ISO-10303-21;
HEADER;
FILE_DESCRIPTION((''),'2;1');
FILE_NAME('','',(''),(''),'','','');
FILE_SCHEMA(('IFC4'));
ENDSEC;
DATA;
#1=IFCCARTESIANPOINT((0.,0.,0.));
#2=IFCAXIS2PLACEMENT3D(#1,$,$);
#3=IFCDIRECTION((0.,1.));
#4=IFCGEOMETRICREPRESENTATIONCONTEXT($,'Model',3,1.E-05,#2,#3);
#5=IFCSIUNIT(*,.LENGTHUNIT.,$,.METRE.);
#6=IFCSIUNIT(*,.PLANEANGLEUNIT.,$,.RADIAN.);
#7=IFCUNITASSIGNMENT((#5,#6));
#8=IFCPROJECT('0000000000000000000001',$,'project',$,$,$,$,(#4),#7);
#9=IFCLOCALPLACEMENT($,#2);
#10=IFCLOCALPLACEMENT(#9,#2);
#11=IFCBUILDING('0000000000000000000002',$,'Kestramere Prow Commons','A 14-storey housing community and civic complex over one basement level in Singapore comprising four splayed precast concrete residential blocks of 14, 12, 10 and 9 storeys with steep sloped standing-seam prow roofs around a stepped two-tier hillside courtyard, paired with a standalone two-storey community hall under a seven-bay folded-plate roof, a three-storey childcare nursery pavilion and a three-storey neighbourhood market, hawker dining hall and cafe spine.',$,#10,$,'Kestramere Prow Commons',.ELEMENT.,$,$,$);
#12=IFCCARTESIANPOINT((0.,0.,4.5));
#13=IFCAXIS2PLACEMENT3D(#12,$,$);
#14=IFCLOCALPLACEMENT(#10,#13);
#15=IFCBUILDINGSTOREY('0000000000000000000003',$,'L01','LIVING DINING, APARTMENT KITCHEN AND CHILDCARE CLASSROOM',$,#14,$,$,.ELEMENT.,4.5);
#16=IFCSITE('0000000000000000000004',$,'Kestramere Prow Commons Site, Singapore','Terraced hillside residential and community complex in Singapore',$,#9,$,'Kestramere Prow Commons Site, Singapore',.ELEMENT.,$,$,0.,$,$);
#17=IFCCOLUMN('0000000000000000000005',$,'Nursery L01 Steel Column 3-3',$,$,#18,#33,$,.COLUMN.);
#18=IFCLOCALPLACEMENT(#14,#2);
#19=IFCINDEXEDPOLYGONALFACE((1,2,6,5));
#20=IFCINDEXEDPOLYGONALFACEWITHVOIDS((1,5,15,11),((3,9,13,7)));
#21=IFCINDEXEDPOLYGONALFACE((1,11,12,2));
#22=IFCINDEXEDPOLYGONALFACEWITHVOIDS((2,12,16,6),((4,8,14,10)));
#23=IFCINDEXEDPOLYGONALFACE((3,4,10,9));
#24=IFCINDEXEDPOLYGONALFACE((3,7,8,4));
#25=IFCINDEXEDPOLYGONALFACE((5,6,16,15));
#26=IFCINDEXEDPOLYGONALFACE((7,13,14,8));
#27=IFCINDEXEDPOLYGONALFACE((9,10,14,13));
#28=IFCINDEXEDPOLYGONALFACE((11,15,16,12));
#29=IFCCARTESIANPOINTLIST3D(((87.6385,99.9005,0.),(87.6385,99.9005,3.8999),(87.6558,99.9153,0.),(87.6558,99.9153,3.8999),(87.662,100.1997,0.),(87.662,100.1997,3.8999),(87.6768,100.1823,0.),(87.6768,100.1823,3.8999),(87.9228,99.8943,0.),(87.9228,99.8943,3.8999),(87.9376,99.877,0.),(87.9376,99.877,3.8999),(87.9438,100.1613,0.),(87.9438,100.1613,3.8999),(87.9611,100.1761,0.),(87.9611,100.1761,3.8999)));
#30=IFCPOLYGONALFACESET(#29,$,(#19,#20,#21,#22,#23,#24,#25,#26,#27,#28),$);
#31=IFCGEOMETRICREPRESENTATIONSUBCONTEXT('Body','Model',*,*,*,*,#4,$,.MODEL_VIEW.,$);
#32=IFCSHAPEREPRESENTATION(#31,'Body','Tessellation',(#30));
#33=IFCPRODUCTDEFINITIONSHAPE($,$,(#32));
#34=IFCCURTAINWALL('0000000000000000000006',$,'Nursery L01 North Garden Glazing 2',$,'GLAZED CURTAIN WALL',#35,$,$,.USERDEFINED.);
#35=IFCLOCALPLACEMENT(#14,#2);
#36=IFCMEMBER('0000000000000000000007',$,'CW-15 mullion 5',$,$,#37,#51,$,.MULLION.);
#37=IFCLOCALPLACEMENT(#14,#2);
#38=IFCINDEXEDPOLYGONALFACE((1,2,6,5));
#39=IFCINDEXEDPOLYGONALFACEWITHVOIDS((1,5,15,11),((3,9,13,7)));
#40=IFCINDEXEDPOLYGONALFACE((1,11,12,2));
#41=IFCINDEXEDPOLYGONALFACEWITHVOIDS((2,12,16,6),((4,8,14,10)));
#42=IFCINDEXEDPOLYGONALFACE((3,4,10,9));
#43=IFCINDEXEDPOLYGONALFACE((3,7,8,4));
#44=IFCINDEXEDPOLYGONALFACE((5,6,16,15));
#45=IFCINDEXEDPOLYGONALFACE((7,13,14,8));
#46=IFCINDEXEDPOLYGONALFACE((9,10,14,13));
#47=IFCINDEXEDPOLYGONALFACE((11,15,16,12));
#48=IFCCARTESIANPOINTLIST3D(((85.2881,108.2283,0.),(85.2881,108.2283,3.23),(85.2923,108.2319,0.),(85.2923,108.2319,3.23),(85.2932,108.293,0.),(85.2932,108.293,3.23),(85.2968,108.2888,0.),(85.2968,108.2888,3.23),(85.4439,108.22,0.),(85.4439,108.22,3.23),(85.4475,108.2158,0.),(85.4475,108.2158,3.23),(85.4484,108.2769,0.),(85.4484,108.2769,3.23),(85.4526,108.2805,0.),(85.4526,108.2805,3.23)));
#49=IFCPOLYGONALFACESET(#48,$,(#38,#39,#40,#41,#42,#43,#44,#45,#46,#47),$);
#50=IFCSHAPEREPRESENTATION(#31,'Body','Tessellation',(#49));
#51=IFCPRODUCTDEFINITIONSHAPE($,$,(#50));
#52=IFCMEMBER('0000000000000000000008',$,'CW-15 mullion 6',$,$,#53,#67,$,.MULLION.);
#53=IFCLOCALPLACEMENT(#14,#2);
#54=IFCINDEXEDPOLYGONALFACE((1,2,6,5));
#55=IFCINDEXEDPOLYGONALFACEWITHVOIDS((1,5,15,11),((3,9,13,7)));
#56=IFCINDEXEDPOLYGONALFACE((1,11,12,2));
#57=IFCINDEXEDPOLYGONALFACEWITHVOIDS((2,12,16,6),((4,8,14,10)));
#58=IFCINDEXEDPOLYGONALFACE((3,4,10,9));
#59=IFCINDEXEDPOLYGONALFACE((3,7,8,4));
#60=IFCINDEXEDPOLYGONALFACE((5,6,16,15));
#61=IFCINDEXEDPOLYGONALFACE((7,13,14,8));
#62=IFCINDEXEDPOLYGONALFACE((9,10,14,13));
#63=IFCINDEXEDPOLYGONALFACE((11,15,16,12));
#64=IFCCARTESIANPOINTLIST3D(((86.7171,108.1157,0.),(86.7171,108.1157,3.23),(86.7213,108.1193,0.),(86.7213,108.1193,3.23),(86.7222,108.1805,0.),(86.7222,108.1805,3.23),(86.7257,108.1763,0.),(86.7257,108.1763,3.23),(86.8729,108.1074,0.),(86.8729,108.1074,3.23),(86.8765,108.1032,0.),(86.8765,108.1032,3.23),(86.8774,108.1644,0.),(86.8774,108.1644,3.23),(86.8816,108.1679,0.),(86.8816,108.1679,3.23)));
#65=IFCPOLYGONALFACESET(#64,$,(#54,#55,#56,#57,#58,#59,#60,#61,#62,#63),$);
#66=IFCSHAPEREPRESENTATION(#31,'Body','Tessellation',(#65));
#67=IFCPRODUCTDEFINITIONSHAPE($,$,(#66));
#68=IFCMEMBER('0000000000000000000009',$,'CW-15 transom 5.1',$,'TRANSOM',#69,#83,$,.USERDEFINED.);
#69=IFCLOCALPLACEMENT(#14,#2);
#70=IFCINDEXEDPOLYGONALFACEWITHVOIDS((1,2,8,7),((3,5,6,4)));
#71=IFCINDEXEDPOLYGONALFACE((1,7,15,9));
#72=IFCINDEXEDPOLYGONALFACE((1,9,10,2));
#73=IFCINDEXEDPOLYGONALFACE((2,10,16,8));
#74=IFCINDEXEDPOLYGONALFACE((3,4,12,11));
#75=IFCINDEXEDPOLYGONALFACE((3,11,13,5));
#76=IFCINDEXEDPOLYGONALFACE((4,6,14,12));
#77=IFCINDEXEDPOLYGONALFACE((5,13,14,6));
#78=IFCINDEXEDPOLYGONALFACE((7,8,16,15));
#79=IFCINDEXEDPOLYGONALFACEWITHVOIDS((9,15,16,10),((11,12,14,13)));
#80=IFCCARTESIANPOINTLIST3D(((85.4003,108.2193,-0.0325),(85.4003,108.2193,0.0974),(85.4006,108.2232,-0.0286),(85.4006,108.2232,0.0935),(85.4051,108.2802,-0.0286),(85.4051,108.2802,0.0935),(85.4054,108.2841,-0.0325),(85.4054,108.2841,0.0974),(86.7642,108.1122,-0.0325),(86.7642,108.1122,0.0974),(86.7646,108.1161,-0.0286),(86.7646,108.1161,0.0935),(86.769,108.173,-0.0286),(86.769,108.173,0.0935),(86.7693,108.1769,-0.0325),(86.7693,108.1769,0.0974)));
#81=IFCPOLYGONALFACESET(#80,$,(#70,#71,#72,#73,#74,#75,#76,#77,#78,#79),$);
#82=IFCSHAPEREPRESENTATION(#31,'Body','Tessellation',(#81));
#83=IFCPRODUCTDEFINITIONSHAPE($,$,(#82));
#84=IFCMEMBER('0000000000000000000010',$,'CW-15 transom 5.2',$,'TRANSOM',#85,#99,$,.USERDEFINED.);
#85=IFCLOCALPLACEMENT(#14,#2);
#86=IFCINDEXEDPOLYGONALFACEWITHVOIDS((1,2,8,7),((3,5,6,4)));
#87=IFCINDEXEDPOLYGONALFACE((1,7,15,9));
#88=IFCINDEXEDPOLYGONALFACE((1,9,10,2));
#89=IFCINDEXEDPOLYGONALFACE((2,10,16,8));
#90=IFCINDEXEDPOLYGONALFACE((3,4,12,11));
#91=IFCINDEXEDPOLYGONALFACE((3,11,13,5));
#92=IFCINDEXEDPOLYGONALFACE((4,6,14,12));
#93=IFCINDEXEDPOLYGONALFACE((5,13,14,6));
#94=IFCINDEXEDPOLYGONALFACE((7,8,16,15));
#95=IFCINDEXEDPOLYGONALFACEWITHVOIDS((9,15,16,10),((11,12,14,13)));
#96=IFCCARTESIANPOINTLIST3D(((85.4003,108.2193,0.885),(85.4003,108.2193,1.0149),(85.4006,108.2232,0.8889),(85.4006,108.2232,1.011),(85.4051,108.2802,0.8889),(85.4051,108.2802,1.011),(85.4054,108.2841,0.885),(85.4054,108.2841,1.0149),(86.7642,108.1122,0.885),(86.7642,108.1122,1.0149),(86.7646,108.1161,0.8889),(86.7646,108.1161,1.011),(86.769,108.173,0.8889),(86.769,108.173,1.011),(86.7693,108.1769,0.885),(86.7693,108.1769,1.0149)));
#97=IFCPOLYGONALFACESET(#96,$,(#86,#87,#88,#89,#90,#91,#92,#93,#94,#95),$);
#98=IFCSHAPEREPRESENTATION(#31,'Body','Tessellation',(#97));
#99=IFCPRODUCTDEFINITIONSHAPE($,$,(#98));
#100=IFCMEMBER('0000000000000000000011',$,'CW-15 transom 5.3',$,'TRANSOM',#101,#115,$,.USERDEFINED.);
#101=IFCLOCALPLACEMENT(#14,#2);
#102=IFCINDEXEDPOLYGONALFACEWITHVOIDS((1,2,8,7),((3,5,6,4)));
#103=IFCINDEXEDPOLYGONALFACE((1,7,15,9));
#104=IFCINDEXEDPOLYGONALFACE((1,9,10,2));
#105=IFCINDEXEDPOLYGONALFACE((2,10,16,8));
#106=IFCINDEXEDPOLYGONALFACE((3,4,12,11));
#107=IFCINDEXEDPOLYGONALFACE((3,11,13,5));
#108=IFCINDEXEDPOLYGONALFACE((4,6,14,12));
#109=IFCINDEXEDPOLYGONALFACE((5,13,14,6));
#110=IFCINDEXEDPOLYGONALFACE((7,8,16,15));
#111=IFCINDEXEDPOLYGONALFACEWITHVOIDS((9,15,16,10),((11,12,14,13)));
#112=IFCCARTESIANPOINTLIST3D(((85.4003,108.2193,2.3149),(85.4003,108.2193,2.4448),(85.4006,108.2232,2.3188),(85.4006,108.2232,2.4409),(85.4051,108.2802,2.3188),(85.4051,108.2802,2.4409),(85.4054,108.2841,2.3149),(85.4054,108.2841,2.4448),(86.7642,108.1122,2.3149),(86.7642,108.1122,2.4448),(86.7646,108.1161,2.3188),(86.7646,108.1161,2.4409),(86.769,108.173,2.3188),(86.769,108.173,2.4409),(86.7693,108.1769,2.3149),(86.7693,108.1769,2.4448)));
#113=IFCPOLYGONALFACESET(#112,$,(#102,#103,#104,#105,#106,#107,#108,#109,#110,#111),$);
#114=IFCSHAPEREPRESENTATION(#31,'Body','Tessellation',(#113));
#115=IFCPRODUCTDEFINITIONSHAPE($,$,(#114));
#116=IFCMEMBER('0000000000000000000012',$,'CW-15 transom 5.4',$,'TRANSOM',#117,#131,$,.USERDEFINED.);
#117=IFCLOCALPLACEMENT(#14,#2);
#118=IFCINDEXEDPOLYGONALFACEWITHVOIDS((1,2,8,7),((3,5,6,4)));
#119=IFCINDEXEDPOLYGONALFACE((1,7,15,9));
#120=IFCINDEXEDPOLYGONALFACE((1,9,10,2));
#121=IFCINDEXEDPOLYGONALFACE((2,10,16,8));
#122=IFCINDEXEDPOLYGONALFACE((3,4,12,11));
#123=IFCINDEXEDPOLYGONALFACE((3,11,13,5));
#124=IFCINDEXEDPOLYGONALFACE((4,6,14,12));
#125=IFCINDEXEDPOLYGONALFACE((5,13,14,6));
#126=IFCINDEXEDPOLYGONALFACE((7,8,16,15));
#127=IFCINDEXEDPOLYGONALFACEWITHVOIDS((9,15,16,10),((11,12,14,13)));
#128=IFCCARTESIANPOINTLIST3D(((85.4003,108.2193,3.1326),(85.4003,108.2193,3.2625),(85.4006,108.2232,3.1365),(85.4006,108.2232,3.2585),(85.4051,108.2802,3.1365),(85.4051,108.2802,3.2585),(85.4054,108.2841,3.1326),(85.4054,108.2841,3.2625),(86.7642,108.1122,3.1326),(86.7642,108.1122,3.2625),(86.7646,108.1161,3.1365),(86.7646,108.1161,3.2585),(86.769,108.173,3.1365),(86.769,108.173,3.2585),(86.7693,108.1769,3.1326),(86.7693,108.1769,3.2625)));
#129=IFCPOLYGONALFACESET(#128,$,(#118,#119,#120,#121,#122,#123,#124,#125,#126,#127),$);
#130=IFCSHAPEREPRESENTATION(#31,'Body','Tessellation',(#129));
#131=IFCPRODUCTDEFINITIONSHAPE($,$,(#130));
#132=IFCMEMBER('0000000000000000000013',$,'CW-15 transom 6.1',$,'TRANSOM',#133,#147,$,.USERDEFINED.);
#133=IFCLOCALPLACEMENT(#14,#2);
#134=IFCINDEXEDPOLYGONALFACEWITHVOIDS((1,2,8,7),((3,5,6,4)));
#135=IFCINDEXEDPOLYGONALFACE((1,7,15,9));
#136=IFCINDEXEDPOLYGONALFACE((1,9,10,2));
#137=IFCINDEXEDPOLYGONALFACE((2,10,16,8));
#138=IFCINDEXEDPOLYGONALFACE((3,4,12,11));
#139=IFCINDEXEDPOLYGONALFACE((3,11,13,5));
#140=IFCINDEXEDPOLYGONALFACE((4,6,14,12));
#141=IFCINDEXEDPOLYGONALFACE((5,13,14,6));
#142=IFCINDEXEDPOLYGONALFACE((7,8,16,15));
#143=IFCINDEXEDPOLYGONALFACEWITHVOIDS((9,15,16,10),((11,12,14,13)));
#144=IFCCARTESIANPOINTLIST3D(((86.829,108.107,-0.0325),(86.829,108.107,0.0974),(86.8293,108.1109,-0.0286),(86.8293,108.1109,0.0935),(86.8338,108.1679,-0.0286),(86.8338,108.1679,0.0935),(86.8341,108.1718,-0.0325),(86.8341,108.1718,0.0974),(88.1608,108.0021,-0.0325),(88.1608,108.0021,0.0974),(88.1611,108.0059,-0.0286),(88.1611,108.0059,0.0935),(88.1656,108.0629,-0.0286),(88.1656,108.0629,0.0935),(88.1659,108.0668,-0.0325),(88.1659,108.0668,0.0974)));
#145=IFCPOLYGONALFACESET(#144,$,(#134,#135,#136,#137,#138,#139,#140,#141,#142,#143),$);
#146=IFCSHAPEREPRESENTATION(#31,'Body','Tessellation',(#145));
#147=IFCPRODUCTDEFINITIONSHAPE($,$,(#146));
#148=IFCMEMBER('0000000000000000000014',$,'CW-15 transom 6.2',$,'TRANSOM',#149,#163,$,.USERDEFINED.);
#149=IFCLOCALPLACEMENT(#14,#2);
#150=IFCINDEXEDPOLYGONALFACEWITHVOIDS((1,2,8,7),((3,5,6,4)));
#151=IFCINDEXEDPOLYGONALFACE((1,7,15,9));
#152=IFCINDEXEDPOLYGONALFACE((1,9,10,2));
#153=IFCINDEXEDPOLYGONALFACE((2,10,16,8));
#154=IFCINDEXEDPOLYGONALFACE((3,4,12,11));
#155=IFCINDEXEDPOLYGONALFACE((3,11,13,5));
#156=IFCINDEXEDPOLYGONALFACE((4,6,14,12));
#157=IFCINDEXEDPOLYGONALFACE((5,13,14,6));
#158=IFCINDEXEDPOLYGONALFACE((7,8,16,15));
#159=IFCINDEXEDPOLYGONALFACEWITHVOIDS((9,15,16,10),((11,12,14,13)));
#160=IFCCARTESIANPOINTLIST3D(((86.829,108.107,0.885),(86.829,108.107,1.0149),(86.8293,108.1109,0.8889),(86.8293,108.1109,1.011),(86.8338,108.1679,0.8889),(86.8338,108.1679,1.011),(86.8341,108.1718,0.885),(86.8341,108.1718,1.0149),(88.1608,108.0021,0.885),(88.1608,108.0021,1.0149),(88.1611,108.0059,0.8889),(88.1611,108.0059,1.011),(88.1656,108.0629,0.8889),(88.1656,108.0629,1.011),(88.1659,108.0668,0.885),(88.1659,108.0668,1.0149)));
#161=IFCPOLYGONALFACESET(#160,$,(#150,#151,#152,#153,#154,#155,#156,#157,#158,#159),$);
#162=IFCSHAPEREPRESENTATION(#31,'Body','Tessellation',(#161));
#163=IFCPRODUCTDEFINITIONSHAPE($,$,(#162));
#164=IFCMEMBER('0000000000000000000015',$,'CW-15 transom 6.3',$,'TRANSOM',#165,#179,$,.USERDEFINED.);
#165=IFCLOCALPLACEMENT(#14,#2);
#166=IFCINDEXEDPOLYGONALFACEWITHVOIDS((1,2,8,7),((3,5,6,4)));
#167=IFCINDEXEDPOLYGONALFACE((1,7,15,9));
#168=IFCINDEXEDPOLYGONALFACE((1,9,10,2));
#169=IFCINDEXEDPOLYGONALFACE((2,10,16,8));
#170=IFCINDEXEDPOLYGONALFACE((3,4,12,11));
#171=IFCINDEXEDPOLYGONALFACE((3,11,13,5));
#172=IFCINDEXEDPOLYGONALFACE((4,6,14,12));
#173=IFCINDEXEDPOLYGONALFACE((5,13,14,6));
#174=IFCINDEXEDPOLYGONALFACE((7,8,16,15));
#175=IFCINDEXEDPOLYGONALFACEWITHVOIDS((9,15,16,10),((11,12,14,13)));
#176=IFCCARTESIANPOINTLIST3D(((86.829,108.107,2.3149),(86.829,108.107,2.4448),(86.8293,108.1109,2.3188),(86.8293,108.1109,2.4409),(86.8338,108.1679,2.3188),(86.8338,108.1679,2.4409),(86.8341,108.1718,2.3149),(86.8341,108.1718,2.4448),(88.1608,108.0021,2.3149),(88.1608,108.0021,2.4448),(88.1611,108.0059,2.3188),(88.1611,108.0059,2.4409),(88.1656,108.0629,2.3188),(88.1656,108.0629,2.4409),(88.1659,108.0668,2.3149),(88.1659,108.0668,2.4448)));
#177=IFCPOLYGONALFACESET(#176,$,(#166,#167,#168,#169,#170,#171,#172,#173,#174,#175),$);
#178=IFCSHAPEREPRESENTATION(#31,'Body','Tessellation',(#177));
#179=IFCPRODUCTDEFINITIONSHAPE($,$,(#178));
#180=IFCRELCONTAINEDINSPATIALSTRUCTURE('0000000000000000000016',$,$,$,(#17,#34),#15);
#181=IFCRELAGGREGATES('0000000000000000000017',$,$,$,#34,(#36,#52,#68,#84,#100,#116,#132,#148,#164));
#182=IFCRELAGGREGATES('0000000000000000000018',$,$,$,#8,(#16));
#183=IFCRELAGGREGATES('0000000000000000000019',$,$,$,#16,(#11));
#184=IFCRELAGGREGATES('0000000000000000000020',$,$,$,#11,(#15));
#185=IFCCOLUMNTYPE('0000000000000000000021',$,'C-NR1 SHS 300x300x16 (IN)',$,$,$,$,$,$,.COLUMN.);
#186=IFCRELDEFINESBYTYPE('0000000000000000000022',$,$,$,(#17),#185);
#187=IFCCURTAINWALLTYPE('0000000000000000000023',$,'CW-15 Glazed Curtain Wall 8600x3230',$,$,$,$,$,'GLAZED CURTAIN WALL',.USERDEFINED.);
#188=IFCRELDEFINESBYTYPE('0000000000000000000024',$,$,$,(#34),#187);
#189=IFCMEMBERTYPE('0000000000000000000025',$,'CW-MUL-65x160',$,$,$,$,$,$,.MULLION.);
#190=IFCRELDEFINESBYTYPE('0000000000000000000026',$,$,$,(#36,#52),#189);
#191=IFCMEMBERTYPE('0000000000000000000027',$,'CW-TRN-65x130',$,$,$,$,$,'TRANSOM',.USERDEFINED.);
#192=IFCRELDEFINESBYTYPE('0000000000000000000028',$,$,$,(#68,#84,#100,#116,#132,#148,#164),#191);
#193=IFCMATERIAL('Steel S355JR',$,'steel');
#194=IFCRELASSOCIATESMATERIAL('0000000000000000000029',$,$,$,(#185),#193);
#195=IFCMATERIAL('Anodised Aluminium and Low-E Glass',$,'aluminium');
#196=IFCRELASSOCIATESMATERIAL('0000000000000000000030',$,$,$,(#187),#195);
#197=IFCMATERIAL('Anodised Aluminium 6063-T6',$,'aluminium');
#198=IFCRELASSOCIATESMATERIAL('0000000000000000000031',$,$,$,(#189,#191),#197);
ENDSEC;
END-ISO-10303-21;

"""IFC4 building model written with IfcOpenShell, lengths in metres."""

from ifc_helpers import new_model, si_unit, direction, frame, origin, origin_2d, place, context, subcontext, project, spatial, hollow_rectangle, extrude, material, material_profile, profile_set, type_object, element, aggregate, save


model = new_model("IFC4")

# Units and contexts
model_context = context("Model", 3, precision=1e-05, world=origin(), true_north=direction((0.0, 1.0)))
body_context = subcontext(model_context, "Body", "Model", "MODEL_VIEW")
ifc_project = project(units=[si_unit("LENGTHUNIT", "METRE"), si_unit("PLANEANGLEUNIT", "RADIAN")], contexts=[model_context])

# Site, building, storey
site_placement = place(None, origin())
site = spatial("IfcSite", under=ifc_project, at=site_placement, Name="Kestramere Prow Commons Site, Singapore", Description="Terraced hillside residential and community complex in Singapore", LongName="Kestramere Prow Commons Site, Singapore", CompositionType="ELEMENT", RefElevation=0.0)
building_placement = place(site_placement, origin())
building = spatial("IfcBuilding", under=site, at=building_placement, Name="Kestramere Prow Commons", Description="A 14-storey housing community and civic complex over one basement level in Singapore comprising four splayed precast concrete residential blocks of 14, 12, 10 and 9 storeys with steep sloped standing-seam prow roofs around a stepped two-tier hillside courtyard, paired with a standalone two-storey community hall under a seven-bay folded-plate roof, a three-storey childcare nursery pavilion and a three-storey neighbourhood market, hawker dining hall and cafe spine.", LongName="Kestramere Prow Commons", CompositionType="ELEMENT")
storey_placement = place(building_placement, frame((0.0, 0.0, 4.5)))
storey = spatial("IfcBuildingStorey", under=building, at=storey_placement, Name="L01", Description="LIVING DINING, APARTMENT KITCHEN AND CHILDCARE CLASSROOM", CompositionType="ELEMENT", Elevation=4.5)

# Column
ifc_material_1 = material(Name="Steel S355JR", Category="steel")
ifc_material_profile_1 = material_profile(ifc_material_1, hollow_rectangle(XDim=0.3, YDim=0.3, WallThickness=0.0161, at=origin_2d()), Name="SHS 300x300x16")
ifc_profile_set_1 = profile_set([ifc_material_profile_1], Name="Steel S355JR")
column_type = type_object("IfcColumnType", Name="C-NR1 SHS 300x300x16 (IN)", PredefinedType="COLUMN", material=ifc_profile_set_1)
column_placement = place(storey_placement, frame((87.7998, 100.0383, 0.0), z_axis=(0.0, 0.0, 1.0), x_axis=(0.996917, -0.078459, 0.0)))
element("IfcColumn", 1, at=column_placement, inside=storey, type_object=column_type, Name="Nursery L01 Steel Column 3-3", PredefinedType="COLUMN", context=body_context, shape_type="SweptSolid", body=[
    extrude(hollow_rectangle(XDim=0.3, YDim=0.3, WallThickness=0.0161, at=origin_2d()), origin(), (0.0, 0.0, 1.0), 3.8999),
])

# Curtain wall, members
ifc_material_2 = material(Name="Anodised Aluminium and Low-E Glass", Category="aluminium")
curtain_wall_type = type_object("IfcCurtainWallType", Name="CW-15 Glazed Curtain Wall 8600x3230", ElementType="GLAZED CURTAIN WALL", PredefinedType="USERDEFINED", material=ifc_material_2)
curtain_wall_placement = place(storey_placement, origin())
curtain_wall = element("IfcCurtainWall", 2, at=curtain_wall_placement, inside=storey, type_object=curtain_wall_type, Name="Nursery L01 North Garden Glazing 2", ObjectType="GLAZED CURTAIN WALL", PredefinedType="USERDEFINED")
ifc_material_3 = material(Name="Anodised Aluminium 6063-T6", Category="aluminium")
ifc_material_profile_2 = material_profile(ifc_material_3, hollow_rectangle(XDim=0.0649, YDim=0.1599, WallThickness=0.0039, at=origin_2d()), Name="ALU-MUL 65x160")
ifc_profile_set_2 = profile_set([ifc_material_profile_2], Name="Anodised Aluminium 6063-T6")
member_type_1 = type_object("IfcMemberType", Name="CW-MUL-65x160", PredefinedType="MULLION", material=ifc_profile_set_2)
member_1_placement = place(storey_placement, frame((85.3704, 108.2544, 0.0), z_axis=(0.0, 0.0, 1.0), x_axis=(0.078459, 0.996917, 0.0)))
member_1 = element("IfcMember", 3, at=member_1_placement, type_object=member_type_1, Name="CW-15 mullion 5", PredefinedType="MULLION", context=body_context, shape_type="SweptSolid", body=[
    extrude(hollow_rectangle(XDim=0.0649, YDim=0.1599, WallThickness=0.0039, at=origin_2d()), origin(), (0.0, 0.0, 1.0), 3.23),
])
member_2_placement = place(storey_placement, frame((86.7993, 108.1418, 0.0), z_axis=(0.0, 0.0, 1.0), x_axis=(0.078459, 0.996917, 0.0)))
member_2 = element("IfcMember", 4, at=member_2_placement, type_object=member_type_1, Name="CW-15 mullion 6", PredefinedType="MULLION", context=body_context, shape_type="SweptSolid", body=[
    extrude(hollow_rectangle(XDim=0.0649, YDim=0.1599, WallThickness=0.0039, at=origin_2d()), origin(), (0.0, 0.0, 1.0), 3.23),
])
ifc_material_profile_3 = material_profile(ifc_material_3, hollow_rectangle(XDim=0.0649, YDim=0.1299, WallThickness=0.0039, at=origin_2d()), Name="ALU-TRN 65x130")
ifc_profile_set_3 = profile_set([ifc_material_profile_3], Name="Anodised Aluminium 6063-T6")
member_type_2 = type_object("IfcMemberType", Name="CW-TRN-65x130", ElementType="TRANSOM", PredefinedType="USERDEFINED", material=ifc_profile_set_3)
member_3_placement = place(storey_placement, frame((85.4028, 108.2517, 0.0325), z_axis=(0.996927, -0.078334, 0.0), x_axis=(0.078334, 0.996927, 0.0)))
member_3 = element("IfcMember", 5, at=member_3_placement, type_object=member_type_2, Name="CW-15 transom 5.1", ObjectType="TRANSOM", PredefinedType="USERDEFINED", context=body_context, shape_type="SweptSolid", body=[
    extrude(hollow_rectangle(XDim=0.0649, YDim=0.1299, WallThickness=0.0039, at=origin_2d()), origin(), (0.0, 0.0, 1.0), 1.3682),
])
member_4_placement = place(storey_placement, frame((85.4028, 108.2517, 0.95), z_axis=(0.996927, -0.078334, 0.0), x_axis=(0.078334, 0.996927, 0.0)))
member_4 = element("IfcMember", 6, at=member_4_placement, type_object=member_type_2, Name="CW-15 transom 5.2", ObjectType="TRANSOM", PredefinedType="USERDEFINED", context=body_context, shape_type="SweptSolid", body=[
    extrude(hollow_rectangle(XDim=0.0649, YDim=0.1299, WallThickness=0.0039, at=origin_2d()), origin(), (0.0, 0.0, 1.0), 1.3682),
])
member_5_placement = place(storey_placement, frame((85.4028, 108.2517, 2.3799), z_axis=(0.996927, -0.078334, 0.0), x_axis=(0.078334, 0.996927, 0.0)))
member_5 = element("IfcMember", 7, at=member_5_placement, type_object=member_type_2, Name="CW-15 transom 5.3", ObjectType="TRANSOM", PredefinedType="USERDEFINED", context=body_context, shape_type="SweptSolid", body=[
    extrude(hollow_rectangle(XDim=0.0649, YDim=0.1299, WallThickness=0.0039, at=origin_2d()), origin(), (0.0, 0.0, 1.0), 1.3682),
])
member_6_placement = place(storey_placement, frame((85.4028, 108.2517, 3.1975), z_axis=(0.996927, -0.078334, 0.0), x_axis=(0.078334, 0.996927, 0.0)))
member_6 = element("IfcMember", 8, at=member_6_placement, type_object=member_type_2, Name="CW-15 transom 5.4", ObjectType="TRANSOM", PredefinedType="USERDEFINED", context=body_context, shape_type="SweptSolid", body=[
    extrude(hollow_rectangle(XDim=0.0649, YDim=0.1299, WallThickness=0.0039, at=origin_2d()), origin(), (0.0, 0.0, 1.0), 1.3682),
])
member_7_placement = place(storey_placement, frame((86.8315, 108.1394, 0.0325), z_axis=(0.996908, -0.078583, 0.0), x_axis=(0.078583, 0.996908, 0.0)))
member_7 = element("IfcMember", 9, at=member_7_placement, type_object=member_type_2, Name="CW-15 transom 6.1", ObjectType="TRANSOM", PredefinedType="USERDEFINED", context=body_context, shape_type="SweptSolid", body=[
    extrude(hollow_rectangle(XDim=0.0649, YDim=0.1299, WallThickness=0.0039, at=origin_2d()), origin(), (0.0, 0.0, 1.0), 1.3359),
])
member_8_placement = place(storey_placement, frame((86.8315, 108.1394, 0.95), z_axis=(0.996908, -0.078583, 0.0), x_axis=(0.078583, 0.996908, 0.0)))
member_8 = element("IfcMember", 10, at=member_8_placement, type_object=member_type_2, Name="CW-15 transom 6.2", ObjectType="TRANSOM", PredefinedType="USERDEFINED", context=body_context, shape_type="SweptSolid", body=[
    extrude(hollow_rectangle(XDim=0.0649, YDim=0.1299, WallThickness=0.0039, at=origin_2d()), origin(), (0.0, 0.0, 1.0), 1.3359),
])
member_9_placement = place(storey_placement, frame((86.8315, 108.1394, 2.3799), z_axis=(0.996908, -0.078583, 0.0), x_axis=(0.078583, 0.996908, 0.0)))
member_9 = element("IfcMember", 11, at=member_9_placement, type_object=member_type_2, Name="CW-15 transom 6.3", ObjectType="TRANSOM", PredefinedType="USERDEFINED", context=body_context, shape_type="SweptSolid", body=[
    extrude(hollow_rectangle(XDim=0.0649, YDim=0.1299, WallThickness=0.0039, at=origin_2d()), origin(), (0.0, 0.0, 1.0), 1.3359),
])

aggregate(curtain_wall, [member_1, member_2, member_3, member_4, member_5, member_6, member_7, member_8, member_9])

save(model, "model.ifc")
